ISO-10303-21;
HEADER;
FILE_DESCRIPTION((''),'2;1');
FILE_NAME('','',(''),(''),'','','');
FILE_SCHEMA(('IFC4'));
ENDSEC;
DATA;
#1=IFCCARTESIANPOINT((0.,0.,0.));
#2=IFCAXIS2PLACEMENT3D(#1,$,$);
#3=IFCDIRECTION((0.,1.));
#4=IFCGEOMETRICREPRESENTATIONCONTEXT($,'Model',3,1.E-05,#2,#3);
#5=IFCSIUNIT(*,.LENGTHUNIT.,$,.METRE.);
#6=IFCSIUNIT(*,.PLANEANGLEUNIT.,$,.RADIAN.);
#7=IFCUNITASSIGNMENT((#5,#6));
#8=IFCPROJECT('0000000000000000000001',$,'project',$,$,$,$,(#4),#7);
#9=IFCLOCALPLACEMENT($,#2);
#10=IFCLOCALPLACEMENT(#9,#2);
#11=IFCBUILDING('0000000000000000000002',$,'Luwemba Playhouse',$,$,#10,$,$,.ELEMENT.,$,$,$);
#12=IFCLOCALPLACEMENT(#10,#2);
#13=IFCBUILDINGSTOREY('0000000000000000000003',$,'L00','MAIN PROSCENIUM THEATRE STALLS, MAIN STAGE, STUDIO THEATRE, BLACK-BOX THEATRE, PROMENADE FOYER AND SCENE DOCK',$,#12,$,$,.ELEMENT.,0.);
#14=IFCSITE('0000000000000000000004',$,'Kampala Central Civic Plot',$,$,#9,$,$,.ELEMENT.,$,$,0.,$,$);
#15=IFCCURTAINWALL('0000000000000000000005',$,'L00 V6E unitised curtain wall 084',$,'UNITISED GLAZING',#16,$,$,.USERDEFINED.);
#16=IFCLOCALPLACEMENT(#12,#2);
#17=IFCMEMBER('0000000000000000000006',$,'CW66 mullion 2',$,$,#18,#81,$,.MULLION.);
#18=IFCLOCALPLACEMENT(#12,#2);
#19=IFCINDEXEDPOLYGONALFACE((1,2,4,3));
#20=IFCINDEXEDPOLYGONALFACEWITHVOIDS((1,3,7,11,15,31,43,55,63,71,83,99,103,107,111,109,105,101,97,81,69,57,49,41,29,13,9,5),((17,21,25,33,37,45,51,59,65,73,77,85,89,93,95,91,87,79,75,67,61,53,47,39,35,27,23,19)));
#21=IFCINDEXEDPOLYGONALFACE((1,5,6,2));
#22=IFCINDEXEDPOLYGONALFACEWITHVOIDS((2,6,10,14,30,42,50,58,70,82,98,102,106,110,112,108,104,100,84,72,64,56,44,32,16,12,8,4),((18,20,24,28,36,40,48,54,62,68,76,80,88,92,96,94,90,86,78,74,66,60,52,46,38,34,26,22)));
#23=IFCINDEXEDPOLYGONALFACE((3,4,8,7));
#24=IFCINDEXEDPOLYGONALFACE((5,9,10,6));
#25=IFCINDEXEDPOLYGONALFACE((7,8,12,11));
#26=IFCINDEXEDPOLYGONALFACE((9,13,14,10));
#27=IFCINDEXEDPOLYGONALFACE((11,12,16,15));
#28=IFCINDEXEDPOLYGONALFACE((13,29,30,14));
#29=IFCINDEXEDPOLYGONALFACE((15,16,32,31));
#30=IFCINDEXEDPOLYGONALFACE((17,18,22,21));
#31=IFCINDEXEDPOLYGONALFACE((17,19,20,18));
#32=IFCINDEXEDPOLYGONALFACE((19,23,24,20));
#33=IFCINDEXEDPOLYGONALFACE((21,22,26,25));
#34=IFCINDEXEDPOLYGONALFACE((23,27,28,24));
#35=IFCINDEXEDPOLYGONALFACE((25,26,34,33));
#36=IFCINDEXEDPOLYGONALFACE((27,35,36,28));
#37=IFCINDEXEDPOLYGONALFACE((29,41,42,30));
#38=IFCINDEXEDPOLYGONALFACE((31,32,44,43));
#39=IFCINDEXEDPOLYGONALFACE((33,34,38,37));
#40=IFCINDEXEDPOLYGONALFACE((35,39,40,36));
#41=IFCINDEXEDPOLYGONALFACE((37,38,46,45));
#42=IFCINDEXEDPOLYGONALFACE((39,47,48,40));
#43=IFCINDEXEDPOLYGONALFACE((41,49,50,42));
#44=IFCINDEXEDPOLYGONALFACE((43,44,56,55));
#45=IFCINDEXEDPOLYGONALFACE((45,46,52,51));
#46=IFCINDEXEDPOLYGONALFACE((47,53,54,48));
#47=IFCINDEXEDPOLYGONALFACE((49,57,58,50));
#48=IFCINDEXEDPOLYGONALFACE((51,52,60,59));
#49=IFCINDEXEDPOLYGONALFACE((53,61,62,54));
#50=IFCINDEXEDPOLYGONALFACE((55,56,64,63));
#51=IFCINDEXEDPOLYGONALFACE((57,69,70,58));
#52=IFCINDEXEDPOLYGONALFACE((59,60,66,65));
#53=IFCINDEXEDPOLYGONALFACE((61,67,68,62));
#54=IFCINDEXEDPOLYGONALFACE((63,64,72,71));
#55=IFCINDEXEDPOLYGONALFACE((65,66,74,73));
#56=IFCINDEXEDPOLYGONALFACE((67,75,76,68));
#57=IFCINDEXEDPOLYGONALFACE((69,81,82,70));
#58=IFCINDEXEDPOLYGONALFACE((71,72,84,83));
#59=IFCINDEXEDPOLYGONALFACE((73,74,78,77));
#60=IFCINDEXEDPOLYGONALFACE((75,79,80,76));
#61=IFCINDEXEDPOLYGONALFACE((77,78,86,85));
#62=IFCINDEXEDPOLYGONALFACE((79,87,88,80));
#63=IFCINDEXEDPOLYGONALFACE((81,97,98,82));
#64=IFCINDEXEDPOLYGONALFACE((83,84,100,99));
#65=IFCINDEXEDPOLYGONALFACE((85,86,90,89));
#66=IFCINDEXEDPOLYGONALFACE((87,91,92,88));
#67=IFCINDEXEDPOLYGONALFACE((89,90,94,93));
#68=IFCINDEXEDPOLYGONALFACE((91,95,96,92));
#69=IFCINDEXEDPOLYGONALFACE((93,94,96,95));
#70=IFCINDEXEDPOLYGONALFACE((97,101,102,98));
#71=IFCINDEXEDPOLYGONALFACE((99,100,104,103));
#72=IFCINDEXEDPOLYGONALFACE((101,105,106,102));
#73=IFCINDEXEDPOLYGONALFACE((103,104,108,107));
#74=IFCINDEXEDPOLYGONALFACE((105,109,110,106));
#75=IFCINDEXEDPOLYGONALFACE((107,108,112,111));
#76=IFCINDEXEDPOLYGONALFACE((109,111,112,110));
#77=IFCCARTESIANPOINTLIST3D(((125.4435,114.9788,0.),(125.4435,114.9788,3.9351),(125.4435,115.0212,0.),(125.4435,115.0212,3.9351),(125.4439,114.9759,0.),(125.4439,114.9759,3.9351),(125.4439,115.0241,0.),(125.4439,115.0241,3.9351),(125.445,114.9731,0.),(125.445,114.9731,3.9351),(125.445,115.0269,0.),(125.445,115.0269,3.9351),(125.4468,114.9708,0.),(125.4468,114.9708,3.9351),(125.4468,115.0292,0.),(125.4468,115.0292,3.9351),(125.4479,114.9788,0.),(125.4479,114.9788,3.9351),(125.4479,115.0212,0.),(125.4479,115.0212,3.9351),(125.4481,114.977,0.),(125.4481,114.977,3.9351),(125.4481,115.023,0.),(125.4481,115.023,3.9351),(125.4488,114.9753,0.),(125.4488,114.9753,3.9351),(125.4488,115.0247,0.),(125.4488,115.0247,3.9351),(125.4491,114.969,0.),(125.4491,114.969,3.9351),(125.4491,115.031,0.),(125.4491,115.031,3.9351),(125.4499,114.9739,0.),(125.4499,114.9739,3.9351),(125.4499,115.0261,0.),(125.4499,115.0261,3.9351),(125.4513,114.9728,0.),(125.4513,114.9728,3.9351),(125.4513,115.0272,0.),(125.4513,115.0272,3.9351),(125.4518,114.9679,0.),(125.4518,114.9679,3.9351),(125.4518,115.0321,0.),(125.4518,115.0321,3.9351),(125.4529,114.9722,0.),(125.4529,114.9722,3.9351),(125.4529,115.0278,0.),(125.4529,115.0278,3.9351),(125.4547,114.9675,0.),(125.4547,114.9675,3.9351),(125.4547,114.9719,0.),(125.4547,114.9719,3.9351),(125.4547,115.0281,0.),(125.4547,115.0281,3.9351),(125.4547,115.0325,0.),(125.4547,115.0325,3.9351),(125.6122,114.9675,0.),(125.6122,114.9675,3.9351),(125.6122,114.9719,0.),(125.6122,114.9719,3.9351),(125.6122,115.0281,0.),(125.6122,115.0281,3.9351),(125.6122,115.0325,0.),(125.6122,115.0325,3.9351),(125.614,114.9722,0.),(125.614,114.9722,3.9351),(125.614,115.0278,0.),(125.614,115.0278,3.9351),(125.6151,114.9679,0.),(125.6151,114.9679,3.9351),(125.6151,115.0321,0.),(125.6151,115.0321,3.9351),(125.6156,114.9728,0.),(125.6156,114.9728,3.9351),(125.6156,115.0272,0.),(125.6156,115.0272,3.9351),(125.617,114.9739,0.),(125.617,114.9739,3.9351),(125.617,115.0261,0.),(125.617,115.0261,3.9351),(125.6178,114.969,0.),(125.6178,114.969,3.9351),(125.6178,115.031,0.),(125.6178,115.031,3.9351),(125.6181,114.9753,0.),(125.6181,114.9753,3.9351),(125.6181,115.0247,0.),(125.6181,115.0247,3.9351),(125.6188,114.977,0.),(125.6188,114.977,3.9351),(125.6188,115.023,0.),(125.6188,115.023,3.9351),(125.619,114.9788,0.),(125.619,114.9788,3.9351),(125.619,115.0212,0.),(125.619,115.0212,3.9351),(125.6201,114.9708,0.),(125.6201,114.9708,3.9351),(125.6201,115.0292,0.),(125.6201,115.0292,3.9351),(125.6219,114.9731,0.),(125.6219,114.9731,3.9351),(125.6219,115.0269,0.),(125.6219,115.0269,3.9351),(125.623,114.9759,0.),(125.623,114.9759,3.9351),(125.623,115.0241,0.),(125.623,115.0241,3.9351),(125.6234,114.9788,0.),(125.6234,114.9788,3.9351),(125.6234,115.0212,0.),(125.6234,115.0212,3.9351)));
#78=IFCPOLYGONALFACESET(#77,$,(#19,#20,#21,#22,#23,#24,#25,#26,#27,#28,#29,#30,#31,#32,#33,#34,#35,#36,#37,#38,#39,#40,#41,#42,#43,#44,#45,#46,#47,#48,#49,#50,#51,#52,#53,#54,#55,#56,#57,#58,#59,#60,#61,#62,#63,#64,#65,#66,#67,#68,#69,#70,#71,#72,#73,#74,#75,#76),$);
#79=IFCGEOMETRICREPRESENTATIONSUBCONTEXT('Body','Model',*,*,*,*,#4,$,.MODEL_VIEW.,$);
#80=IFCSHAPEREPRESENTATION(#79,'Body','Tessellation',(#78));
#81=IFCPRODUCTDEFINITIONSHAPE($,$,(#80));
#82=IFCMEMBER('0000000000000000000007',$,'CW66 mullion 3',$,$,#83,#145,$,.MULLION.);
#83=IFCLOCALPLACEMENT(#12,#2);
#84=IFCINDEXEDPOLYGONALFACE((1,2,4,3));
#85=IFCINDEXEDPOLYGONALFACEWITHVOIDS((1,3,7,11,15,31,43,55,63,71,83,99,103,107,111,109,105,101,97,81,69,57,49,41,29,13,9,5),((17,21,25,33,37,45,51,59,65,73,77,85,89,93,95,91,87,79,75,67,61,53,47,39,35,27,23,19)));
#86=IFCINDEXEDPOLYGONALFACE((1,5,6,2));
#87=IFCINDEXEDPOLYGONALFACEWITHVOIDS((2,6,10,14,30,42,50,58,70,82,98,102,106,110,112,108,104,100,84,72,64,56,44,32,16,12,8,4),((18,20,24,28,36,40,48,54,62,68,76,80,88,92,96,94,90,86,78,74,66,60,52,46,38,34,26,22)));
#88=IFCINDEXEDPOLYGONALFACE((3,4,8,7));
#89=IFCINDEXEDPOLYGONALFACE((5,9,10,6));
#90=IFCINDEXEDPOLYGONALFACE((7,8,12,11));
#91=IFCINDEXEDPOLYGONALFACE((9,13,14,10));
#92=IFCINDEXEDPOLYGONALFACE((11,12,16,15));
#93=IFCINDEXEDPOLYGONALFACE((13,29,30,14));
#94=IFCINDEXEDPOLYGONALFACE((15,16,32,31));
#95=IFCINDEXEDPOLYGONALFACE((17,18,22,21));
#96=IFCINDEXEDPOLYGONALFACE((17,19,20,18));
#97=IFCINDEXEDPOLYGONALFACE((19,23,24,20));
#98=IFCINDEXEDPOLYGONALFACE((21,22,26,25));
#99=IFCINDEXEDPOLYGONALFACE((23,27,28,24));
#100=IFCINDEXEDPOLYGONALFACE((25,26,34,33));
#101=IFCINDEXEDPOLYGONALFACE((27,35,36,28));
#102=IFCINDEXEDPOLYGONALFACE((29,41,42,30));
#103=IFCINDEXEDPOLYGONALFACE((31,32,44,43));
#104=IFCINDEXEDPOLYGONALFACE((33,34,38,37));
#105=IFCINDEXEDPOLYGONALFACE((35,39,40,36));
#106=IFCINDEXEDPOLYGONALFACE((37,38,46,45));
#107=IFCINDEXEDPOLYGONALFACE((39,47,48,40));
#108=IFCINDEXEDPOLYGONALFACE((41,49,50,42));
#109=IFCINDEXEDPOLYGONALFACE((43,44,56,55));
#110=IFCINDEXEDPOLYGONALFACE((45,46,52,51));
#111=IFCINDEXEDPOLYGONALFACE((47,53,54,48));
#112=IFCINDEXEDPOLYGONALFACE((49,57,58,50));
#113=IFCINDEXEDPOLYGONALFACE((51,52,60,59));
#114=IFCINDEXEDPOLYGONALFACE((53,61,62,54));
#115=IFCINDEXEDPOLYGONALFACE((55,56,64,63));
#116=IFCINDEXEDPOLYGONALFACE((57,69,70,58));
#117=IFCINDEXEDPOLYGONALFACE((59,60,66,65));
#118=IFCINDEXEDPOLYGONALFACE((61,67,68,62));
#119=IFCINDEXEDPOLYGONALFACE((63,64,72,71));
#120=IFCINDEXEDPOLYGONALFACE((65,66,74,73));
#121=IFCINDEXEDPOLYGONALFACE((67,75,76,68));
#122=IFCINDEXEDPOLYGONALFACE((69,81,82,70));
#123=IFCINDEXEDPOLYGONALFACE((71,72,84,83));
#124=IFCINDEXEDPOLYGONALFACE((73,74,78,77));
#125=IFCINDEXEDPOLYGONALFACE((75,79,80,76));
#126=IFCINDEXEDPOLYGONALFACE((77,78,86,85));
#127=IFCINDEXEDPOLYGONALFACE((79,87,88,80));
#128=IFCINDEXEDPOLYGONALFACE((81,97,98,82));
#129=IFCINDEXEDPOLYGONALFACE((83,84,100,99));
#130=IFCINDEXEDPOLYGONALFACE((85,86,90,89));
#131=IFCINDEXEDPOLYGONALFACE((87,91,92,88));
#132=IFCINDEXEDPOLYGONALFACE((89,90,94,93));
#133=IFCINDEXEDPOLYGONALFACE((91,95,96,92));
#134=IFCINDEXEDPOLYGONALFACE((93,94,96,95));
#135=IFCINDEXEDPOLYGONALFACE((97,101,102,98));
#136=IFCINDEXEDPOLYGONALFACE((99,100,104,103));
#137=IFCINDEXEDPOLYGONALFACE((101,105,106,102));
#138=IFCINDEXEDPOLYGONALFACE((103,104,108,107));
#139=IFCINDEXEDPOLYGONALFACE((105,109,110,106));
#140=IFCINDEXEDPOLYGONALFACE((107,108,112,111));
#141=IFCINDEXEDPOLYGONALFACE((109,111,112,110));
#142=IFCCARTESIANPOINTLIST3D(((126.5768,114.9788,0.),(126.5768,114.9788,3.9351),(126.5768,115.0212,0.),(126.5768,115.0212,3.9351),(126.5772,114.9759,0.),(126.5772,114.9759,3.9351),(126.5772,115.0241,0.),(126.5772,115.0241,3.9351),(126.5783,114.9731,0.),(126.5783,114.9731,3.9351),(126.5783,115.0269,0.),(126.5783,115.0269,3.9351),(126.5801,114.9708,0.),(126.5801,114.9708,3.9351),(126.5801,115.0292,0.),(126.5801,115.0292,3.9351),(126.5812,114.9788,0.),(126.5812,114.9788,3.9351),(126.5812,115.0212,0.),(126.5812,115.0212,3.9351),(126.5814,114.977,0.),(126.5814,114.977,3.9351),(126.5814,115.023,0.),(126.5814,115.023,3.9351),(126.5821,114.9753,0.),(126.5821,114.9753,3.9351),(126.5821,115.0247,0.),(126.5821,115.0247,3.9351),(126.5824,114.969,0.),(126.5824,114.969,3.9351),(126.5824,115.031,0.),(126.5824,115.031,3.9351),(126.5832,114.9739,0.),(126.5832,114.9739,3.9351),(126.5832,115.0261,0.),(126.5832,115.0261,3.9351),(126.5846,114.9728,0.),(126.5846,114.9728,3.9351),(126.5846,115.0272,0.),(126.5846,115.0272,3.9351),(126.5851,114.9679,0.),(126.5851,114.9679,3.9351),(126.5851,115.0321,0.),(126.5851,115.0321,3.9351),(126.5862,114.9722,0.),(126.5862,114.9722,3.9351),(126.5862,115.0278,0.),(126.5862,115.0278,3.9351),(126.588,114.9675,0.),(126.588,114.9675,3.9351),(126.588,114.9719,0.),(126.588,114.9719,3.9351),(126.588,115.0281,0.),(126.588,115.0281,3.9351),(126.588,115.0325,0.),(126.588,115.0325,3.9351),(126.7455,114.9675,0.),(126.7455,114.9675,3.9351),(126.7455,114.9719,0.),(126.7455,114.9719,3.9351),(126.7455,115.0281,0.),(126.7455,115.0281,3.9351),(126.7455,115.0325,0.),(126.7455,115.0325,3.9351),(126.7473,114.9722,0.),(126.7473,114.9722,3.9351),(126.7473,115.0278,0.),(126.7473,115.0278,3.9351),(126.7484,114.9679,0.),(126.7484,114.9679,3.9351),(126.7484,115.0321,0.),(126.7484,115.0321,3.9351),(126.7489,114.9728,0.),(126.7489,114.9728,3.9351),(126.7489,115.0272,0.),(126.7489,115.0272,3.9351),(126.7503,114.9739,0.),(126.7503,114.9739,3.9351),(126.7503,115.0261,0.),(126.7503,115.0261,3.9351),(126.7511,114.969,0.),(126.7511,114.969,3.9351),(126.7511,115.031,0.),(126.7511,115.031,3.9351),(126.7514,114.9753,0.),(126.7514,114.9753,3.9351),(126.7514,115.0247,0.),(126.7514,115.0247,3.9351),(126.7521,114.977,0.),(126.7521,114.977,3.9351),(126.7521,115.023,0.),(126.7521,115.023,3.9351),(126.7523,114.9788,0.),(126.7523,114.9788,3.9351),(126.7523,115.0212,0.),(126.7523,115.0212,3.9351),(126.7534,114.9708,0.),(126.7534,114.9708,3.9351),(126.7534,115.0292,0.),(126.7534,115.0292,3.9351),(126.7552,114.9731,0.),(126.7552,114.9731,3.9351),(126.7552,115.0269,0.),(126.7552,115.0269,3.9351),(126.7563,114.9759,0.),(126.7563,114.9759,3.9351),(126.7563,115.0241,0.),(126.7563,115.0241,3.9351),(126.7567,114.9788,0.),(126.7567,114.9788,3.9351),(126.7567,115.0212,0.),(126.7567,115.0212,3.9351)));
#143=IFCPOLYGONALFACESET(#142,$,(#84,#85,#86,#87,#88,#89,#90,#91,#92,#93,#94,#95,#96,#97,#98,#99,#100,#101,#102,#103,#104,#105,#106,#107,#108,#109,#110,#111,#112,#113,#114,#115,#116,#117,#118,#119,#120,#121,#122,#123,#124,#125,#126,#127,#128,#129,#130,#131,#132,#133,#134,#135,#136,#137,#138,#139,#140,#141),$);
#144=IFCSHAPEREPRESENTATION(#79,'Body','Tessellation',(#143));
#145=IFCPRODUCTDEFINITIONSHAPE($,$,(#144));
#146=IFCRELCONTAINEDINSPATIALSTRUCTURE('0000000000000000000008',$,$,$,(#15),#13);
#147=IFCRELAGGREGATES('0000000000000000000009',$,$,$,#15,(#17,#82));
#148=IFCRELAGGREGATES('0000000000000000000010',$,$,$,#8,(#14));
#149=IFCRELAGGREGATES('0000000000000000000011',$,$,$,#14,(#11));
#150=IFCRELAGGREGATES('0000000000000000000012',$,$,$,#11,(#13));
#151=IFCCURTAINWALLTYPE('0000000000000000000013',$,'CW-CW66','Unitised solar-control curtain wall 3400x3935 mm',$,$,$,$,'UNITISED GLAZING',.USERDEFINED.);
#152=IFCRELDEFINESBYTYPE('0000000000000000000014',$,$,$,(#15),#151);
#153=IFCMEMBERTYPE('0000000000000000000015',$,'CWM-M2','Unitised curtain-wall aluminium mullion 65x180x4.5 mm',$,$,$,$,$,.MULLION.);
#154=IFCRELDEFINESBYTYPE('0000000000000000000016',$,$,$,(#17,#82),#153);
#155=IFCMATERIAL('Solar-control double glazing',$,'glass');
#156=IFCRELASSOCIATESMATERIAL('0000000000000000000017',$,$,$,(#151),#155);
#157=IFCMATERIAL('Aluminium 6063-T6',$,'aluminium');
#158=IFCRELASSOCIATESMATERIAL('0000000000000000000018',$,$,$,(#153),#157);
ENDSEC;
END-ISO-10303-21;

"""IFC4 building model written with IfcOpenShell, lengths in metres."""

from ifc_helpers import new_model, si_unit, direction, frame, origin, origin_2d, place, context, subcontext, project, spatial, hollow_rectangle, extrude, material, material_profile, profile_set, type_object, element, aggregate, save


model = new_model("IFC4")

# Units and contexts
model_context = context("Model", 3, precision=1e-05, world=origin(), true_north=direction((0.0, 1.0)))
body_context = subcontext(model_context, "Body", "Model", "MODEL_VIEW")
ifc_project = project(units=[si_unit("LENGTHUNIT", "METRE"), si_unit("PLANEANGLEUNIT", "RADIAN")], contexts=[model_context])

# Site, building, storey
site_placement = place(None, origin())
site = spatial("IfcSite", under=ifc_project, at=site_placement, Name="Kampala Central Civic Plot", CompositionType="ELEMENT", RefElevation=0.0)
building_placement = place(site_placement, origin())
building = spatial("IfcBuilding", under=site, at=building_placement, Name="Luwemba Playhouse", CompositionType="ELEMENT")
storey_placement = place(building_placement, origin())
storey = spatial("IfcBuildingStorey", under=building, at=storey_placement, Name="L00", Description="MAIN PROSCENIUM THEATRE STALLS, MAIN STAGE, STUDIO THEATRE, BLACK-BOX THEATRE, PROMENADE FOYER AND SCENE DOCK", CompositionType="ELEMENT", Elevation=0.0)

# Curtain wall, members
ifc_material_1 = material(Name="Solar-control double glazing", Category="glass")
curtain_wall_type = type_object("IfcCurtainWallType", Name="CW-CW66", Description="Unitised solar-control curtain wall 3400x3935 mm", ElementType="UNITISED GLAZING", PredefinedType="USERDEFINED", material=ifc_material_1)
curtain_wall_placement = place(storey_placement, origin())
curtain_wall = element("IfcCurtainWall", 1, at=curtain_wall_placement, inside=storey, type_object=curtain_wall_type, Name="L00 V6E unitised curtain wall 084", ObjectType="UNITISED GLAZING", PredefinedType="USERDEFINED")
ifc_material_2 = material(Name="Aluminium 6063-T6", Category="aluminium")
ifc_material_profile_1 = material_profile(ifc_material_2, hollow_rectangle(XDim=0.0649, YDim=0.1799, WallThickness=0.0044, InnerFilletRadius=0.0068, OuterFilletRadius=0.0112, at=origin_2d()))
ifc_profile_set_1 = profile_set([ifc_material_profile_1], Name="Aluminium 6063-T6")
member_type_1 = type_object("IfcMemberType", Name="CWM-M2", Description="Unitised curtain-wall aluminium mullion 65x180x4.5 mm", PredefinedType="MULLION", material=ifc_profile_set_1)
member_1_placement = place(storey_placement, frame((125.5334, 115.0, 0.0), z_axis=(0.0, 0.0, 1.0), x_axis=(0.0, 1.0, 0.0)))
member_1 = element("IfcMember", 2, at=member_1_placement, type_object=member_type_1, Name="CW66 mullion 2", PredefinedType="MULLION", context=body_context, shape_type="SweptSolid", body=[
    extrude(hollow_rectangle(XDim=0.0649, YDim=0.1799, WallThickness=0.0044, InnerFilletRadius=0.0068, OuterFilletRadius=0.0112, at=origin_2d()), origin(), (0.0, 0.0, 1.0), 3.9351),
])
member_2_placement = place(storey_placement, frame((126.6667, 115.0, 0.0), z_axis=(0.0, 0.0, 1.0), x_axis=(0.0, 1.0, 0.0)))
member_2 = element("IfcMember", 3, at=member_2_placement, type_object=member_type_1, Name="CW66 mullion 3", PredefinedType="MULLION", context=body_context, shape_type="SweptSolid", body=[
    extrude(hollow_rectangle(XDim=0.0649, YDim=0.1799, WallThickness=0.0044, InnerFilletRadius=0.0068, OuterFilletRadius=0.0112, at=origin_2d()), origin(), (0.0, 0.0, 1.0), 3.9351),
])
aggregate(curtain_wall, [member_1, member_2])

save(model, "model.ifc")
